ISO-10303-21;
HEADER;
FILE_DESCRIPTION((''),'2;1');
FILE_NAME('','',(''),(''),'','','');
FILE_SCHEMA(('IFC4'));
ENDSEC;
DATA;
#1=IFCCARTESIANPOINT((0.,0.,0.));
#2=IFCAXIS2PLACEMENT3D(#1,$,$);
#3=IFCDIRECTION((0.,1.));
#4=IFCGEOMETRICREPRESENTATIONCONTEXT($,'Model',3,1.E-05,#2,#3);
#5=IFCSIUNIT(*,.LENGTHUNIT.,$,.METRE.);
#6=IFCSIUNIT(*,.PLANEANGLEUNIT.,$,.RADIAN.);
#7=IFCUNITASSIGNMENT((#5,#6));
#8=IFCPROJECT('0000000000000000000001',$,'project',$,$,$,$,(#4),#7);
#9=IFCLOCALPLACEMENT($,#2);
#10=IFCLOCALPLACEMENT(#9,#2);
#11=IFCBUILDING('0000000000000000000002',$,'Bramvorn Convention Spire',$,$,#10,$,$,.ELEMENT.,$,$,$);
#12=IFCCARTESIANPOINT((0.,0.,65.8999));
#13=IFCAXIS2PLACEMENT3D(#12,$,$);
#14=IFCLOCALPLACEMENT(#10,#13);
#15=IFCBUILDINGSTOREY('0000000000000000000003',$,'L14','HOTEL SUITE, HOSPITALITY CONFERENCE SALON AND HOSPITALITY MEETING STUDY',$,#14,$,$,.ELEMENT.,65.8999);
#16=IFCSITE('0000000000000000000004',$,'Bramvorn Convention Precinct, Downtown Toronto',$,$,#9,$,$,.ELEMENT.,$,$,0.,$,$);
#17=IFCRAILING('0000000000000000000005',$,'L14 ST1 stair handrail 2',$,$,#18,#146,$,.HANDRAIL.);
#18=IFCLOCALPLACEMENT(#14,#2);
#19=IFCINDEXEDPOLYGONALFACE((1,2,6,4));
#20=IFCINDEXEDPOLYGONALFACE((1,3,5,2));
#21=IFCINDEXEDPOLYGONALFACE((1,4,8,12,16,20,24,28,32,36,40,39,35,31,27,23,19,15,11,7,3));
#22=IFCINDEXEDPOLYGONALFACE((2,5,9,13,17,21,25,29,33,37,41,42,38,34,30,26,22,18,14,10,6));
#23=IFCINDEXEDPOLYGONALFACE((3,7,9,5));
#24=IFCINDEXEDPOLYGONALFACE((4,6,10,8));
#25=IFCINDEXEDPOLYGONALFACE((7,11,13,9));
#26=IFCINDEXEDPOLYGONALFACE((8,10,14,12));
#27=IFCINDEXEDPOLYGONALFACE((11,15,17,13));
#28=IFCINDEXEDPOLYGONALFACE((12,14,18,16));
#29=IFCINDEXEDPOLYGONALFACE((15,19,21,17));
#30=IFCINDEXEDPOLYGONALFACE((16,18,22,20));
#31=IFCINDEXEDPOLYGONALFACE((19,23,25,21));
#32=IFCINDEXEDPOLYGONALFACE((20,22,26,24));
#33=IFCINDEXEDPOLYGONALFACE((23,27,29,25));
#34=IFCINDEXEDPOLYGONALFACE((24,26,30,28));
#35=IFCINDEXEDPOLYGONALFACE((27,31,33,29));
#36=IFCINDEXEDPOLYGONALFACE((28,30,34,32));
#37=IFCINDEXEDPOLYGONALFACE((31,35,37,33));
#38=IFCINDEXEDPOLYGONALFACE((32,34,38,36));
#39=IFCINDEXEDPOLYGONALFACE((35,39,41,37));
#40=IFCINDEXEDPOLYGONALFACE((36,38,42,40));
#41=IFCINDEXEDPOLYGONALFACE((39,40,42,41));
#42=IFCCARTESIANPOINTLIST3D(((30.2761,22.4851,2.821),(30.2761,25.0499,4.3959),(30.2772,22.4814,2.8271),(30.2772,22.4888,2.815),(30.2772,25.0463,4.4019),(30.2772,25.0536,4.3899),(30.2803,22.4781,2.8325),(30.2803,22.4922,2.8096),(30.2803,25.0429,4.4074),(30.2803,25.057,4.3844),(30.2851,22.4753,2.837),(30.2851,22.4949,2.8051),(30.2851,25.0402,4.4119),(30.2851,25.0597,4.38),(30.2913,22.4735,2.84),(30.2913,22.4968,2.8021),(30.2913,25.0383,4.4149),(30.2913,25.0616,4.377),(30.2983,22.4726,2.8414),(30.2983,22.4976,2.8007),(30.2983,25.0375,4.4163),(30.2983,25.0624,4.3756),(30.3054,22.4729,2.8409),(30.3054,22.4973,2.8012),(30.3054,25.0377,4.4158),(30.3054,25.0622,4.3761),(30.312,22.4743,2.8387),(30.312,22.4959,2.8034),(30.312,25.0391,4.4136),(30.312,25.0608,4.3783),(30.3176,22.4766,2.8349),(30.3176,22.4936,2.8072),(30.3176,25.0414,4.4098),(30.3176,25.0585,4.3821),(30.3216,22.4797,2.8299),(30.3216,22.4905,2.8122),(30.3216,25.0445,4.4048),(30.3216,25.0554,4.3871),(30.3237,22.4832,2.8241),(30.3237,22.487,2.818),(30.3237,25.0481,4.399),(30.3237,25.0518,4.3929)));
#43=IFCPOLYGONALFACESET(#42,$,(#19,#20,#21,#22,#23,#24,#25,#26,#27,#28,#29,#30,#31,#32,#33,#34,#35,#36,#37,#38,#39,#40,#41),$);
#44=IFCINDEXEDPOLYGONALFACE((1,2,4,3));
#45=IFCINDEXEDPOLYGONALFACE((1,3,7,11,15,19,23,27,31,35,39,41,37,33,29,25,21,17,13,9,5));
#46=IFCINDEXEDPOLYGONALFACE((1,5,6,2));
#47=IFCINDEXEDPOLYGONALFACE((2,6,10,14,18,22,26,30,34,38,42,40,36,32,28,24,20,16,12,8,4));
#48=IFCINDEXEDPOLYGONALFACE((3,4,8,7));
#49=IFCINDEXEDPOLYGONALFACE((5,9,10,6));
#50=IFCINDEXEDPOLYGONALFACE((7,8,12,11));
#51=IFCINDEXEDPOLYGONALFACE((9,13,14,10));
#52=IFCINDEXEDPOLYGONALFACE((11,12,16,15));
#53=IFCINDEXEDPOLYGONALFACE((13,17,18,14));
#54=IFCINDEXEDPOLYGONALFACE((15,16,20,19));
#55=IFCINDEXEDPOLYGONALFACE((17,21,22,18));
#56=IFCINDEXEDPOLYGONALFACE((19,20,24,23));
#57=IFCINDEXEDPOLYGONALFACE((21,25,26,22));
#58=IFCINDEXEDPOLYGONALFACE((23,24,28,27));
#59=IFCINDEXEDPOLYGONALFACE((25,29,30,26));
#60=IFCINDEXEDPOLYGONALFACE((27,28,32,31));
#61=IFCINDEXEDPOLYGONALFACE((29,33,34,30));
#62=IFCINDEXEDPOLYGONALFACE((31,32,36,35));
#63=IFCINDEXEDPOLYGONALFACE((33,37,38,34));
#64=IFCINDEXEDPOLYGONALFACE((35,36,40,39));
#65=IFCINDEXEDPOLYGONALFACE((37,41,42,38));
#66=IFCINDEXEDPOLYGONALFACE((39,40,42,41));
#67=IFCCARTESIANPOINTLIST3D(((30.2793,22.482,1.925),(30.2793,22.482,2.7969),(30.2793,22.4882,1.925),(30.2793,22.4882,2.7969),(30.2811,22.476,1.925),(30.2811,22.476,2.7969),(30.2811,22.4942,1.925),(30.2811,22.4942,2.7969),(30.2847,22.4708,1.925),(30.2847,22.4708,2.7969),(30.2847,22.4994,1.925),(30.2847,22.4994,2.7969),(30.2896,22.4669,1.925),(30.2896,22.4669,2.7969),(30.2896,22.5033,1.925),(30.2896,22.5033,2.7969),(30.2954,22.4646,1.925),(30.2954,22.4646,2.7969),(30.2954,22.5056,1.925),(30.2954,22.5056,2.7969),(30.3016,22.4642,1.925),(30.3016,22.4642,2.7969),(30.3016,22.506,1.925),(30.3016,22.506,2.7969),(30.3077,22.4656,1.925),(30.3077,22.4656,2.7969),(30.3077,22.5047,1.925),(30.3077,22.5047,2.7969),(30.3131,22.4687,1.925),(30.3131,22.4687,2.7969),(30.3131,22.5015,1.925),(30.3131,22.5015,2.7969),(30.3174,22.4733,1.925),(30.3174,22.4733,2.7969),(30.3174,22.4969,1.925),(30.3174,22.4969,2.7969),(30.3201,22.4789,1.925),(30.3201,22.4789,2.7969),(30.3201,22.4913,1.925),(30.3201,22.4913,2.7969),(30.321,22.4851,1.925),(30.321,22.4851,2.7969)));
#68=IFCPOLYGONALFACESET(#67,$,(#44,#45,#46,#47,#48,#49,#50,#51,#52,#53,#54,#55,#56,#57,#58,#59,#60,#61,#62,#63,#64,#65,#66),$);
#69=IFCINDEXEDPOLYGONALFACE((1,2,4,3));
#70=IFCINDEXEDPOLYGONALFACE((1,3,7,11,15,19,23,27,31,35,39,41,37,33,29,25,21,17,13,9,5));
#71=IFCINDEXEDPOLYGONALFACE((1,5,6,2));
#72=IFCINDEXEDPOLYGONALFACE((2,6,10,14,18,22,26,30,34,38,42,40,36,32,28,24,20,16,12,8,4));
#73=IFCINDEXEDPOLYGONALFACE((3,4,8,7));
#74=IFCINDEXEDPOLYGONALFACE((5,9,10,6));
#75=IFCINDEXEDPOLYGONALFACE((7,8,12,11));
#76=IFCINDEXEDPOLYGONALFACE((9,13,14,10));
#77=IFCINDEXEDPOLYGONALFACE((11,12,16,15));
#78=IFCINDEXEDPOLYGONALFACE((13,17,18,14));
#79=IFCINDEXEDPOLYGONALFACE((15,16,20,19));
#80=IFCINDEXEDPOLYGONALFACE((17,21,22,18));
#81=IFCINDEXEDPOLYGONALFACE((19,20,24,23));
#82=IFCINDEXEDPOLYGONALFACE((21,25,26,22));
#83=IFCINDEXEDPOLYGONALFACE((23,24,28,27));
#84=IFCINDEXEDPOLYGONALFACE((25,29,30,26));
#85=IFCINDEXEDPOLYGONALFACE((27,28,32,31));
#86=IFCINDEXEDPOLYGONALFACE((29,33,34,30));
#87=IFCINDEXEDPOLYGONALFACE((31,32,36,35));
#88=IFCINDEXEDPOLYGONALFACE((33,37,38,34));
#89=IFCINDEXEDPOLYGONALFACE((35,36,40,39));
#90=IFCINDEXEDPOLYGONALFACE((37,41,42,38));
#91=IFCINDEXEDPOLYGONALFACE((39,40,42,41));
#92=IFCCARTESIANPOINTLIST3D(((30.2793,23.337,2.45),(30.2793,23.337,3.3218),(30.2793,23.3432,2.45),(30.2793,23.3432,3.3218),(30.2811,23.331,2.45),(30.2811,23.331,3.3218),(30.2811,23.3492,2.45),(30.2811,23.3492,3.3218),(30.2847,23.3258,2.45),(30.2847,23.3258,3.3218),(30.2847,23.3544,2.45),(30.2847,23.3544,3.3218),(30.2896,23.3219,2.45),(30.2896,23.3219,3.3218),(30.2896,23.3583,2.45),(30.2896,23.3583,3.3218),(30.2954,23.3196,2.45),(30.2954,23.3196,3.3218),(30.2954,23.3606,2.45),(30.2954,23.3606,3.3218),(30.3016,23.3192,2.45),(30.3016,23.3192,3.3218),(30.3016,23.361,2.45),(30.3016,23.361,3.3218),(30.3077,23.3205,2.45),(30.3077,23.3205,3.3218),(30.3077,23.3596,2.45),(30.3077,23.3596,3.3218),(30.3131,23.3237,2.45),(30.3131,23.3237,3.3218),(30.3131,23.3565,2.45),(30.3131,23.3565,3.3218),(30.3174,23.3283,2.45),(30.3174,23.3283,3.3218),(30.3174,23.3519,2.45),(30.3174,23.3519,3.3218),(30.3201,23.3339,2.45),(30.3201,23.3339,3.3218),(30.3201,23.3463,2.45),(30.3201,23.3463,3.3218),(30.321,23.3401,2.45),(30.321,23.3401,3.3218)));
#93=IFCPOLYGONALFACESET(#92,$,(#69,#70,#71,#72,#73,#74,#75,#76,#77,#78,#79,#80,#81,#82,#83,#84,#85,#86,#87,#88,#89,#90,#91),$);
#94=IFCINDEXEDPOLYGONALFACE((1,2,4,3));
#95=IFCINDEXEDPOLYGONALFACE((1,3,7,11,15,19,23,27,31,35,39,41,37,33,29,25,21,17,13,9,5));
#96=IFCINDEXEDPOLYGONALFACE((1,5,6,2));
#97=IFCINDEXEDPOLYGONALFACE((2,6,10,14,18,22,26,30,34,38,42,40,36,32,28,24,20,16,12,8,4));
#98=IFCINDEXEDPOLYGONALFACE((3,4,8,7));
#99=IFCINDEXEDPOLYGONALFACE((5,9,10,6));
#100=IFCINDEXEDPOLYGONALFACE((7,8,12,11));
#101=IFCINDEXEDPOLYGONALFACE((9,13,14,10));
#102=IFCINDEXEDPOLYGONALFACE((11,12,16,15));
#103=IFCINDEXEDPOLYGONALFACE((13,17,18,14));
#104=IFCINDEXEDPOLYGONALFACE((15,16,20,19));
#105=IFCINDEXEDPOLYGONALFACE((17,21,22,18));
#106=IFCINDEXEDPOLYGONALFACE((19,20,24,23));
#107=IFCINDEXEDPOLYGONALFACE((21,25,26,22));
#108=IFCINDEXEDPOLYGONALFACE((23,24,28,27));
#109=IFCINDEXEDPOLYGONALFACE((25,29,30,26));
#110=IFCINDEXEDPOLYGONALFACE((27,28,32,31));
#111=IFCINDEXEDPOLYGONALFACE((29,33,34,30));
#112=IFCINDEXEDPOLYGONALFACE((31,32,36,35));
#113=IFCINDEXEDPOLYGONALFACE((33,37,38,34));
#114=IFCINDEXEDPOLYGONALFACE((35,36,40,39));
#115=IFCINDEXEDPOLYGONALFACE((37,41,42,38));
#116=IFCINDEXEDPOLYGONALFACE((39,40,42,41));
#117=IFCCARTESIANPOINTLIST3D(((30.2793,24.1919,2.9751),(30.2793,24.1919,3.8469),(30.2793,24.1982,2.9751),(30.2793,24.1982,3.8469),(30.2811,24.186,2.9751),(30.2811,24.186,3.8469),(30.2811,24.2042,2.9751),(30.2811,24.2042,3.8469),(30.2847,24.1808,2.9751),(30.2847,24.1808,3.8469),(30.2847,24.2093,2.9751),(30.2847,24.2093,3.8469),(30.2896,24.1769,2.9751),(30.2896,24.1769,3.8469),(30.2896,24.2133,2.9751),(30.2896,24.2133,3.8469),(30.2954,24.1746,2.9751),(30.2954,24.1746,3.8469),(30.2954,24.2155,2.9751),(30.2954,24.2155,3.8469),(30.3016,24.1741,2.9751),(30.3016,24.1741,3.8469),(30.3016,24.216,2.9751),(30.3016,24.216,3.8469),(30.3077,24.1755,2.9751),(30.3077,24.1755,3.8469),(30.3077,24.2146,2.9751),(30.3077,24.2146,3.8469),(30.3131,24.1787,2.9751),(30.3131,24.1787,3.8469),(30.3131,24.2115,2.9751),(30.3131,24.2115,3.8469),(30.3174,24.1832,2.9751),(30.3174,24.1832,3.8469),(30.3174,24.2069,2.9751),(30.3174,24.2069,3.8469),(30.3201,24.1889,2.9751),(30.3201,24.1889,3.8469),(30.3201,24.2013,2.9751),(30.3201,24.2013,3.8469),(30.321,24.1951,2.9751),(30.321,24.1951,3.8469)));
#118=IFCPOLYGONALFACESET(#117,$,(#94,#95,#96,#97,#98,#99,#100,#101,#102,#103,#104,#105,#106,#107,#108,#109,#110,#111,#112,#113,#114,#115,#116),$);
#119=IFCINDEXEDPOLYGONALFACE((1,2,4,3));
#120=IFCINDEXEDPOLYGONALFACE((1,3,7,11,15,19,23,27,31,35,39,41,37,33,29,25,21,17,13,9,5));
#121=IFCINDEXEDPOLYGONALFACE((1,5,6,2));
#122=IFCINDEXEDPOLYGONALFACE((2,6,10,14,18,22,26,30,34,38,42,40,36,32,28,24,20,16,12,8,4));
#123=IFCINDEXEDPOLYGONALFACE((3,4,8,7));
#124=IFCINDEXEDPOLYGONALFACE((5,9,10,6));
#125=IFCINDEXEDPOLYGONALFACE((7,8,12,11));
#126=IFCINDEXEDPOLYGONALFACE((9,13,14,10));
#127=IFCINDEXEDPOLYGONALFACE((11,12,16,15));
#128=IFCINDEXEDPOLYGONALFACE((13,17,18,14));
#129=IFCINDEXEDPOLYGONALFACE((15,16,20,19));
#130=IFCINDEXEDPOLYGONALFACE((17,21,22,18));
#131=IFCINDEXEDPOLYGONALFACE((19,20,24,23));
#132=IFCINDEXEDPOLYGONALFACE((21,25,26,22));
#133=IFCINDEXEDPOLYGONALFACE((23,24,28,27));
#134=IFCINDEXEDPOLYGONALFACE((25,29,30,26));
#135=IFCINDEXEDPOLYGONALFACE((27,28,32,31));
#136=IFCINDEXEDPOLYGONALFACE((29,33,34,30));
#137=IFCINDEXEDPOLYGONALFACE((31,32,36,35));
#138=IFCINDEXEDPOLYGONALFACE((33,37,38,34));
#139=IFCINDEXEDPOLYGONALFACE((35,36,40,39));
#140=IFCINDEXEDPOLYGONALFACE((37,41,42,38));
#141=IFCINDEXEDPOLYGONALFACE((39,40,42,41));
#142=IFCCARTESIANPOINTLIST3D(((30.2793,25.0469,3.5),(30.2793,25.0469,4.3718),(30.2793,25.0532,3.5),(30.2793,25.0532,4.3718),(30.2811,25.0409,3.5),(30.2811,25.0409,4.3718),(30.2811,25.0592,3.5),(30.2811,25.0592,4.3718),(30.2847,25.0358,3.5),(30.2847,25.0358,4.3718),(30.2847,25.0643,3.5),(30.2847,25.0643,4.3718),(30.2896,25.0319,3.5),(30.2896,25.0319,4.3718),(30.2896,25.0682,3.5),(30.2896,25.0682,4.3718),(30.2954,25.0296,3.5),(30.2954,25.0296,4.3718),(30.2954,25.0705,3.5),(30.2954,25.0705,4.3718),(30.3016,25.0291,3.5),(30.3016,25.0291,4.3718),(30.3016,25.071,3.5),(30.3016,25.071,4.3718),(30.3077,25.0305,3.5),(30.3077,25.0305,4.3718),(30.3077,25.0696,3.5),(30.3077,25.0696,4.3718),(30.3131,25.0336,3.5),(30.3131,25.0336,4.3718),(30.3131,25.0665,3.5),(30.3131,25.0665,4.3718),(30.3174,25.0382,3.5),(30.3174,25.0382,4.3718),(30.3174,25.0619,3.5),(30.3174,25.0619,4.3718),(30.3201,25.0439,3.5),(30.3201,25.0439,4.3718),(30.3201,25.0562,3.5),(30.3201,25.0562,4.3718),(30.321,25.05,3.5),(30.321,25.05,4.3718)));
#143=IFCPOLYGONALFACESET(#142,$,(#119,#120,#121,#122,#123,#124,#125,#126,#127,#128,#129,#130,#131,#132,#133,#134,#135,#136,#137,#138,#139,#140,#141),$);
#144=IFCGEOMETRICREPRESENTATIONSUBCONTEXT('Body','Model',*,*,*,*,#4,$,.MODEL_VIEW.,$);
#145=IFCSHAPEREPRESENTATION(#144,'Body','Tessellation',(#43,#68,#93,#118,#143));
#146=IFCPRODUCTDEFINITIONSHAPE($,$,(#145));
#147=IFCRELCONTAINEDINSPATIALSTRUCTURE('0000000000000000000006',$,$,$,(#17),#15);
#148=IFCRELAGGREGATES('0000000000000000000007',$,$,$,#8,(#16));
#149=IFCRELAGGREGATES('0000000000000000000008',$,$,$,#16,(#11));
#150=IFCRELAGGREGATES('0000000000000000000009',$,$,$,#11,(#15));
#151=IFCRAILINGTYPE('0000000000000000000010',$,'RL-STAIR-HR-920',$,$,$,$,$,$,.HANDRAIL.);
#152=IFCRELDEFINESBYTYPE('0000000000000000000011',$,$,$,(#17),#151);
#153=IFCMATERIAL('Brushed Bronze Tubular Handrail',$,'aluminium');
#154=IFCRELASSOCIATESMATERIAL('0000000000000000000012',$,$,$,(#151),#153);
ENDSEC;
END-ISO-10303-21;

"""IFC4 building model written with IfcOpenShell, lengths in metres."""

from ifc_helpers import new_model, si_unit, direction, frame, origin, origin_2d, place, context, subcontext, project, spatial, circle, extrude, material, type_object, element, save


model = new_model("IFC4")

# Units and contexts
model_context = context("Model", 3, precision=1e-05, world=origin(), true_north=direction((0.0, 1.0)))
body_context = subcontext(model_context, "Body", "Model", "MODEL_VIEW")
ifc_project = project(units=[si_unit("LENGTHUNIT", "METRE"), si_unit("PLANEANGLEUNIT", "RADIAN")], contexts=[model_context])

# Site, building, storey
site_placement = place(None, origin())
site = spatial("IfcSite", under=ifc_project, at=site_placement, Name="Bramvorn Convention Precinct, Downtown Toronto", CompositionType="ELEMENT", RefElevation=0.0)
building_placement = place(site_placement, origin())
building = spatial("IfcBuilding", under=site, at=building_placement, Name="Bramvorn Convention Spire", CompositionType="ELEMENT")
storey_placement = place(building_placement, frame((0.0, 0.0, 65.8999)))
storey = spatial("IfcBuildingStorey", under=building, at=storey_placement, Name="L14", Description="HOTEL SUITE, HOSPITALITY CONFERENCE SALON AND HOSPITALITY MEETING STUDY", CompositionType="ELEMENT", Elevation=65.8999)

# Railing
ifc_material_1 = material(Name="Brushed Bronze Tubular Handrail", Category="aluminium")
railing_type_1 = type_object("IfcRailingType", Name="RL-STAIR-HR-920", PredefinedType="HANDRAIL", material=ifc_material_1)
railing_1_placement = place(storey_placement, frame((30.3, 22.4851, 1.925)))
element("IfcRailing", 1, at=railing_1_placement, inside=storey, type_object=railing_type_1, Name="L14 ST1 stair handrail 2", PredefinedType="HANDRAIL", context=body_context, shape_type="SweptSolid", body=[
    extrude(circle(Radius=0.0239, at=origin_2d()), frame((0.0, 0.0, 0.896), z_axis=(0.0, 0.852173, 0.52326), x_axis=(-1.0, 0.0, 0.0)), (0.0, 0.0, 1.0), 3.0098),
    extrude(circle(Radius=0.021, at=origin_2d()), origin(), (0.0, 0.0, 1.0), 0.8718),
    extrude(circle(Radius=0.021, at=origin_2d()), frame((0.0, 0.855, 0.5249)), (0.0, 0.0, 1.0), 0.8718),
    extrude(circle(Radius=0.021, at=origin_2d()), frame((0.0, 1.71, 1.05)), (0.0, 0.0, 1.0), 0.8718),
    extrude(circle(Radius=0.021, at=origin_2d()), frame((0.0, 2.5649, 1.575)), (0.0, 0.0, 1.0), 0.8718),
])

save(model, "model.ifc")
